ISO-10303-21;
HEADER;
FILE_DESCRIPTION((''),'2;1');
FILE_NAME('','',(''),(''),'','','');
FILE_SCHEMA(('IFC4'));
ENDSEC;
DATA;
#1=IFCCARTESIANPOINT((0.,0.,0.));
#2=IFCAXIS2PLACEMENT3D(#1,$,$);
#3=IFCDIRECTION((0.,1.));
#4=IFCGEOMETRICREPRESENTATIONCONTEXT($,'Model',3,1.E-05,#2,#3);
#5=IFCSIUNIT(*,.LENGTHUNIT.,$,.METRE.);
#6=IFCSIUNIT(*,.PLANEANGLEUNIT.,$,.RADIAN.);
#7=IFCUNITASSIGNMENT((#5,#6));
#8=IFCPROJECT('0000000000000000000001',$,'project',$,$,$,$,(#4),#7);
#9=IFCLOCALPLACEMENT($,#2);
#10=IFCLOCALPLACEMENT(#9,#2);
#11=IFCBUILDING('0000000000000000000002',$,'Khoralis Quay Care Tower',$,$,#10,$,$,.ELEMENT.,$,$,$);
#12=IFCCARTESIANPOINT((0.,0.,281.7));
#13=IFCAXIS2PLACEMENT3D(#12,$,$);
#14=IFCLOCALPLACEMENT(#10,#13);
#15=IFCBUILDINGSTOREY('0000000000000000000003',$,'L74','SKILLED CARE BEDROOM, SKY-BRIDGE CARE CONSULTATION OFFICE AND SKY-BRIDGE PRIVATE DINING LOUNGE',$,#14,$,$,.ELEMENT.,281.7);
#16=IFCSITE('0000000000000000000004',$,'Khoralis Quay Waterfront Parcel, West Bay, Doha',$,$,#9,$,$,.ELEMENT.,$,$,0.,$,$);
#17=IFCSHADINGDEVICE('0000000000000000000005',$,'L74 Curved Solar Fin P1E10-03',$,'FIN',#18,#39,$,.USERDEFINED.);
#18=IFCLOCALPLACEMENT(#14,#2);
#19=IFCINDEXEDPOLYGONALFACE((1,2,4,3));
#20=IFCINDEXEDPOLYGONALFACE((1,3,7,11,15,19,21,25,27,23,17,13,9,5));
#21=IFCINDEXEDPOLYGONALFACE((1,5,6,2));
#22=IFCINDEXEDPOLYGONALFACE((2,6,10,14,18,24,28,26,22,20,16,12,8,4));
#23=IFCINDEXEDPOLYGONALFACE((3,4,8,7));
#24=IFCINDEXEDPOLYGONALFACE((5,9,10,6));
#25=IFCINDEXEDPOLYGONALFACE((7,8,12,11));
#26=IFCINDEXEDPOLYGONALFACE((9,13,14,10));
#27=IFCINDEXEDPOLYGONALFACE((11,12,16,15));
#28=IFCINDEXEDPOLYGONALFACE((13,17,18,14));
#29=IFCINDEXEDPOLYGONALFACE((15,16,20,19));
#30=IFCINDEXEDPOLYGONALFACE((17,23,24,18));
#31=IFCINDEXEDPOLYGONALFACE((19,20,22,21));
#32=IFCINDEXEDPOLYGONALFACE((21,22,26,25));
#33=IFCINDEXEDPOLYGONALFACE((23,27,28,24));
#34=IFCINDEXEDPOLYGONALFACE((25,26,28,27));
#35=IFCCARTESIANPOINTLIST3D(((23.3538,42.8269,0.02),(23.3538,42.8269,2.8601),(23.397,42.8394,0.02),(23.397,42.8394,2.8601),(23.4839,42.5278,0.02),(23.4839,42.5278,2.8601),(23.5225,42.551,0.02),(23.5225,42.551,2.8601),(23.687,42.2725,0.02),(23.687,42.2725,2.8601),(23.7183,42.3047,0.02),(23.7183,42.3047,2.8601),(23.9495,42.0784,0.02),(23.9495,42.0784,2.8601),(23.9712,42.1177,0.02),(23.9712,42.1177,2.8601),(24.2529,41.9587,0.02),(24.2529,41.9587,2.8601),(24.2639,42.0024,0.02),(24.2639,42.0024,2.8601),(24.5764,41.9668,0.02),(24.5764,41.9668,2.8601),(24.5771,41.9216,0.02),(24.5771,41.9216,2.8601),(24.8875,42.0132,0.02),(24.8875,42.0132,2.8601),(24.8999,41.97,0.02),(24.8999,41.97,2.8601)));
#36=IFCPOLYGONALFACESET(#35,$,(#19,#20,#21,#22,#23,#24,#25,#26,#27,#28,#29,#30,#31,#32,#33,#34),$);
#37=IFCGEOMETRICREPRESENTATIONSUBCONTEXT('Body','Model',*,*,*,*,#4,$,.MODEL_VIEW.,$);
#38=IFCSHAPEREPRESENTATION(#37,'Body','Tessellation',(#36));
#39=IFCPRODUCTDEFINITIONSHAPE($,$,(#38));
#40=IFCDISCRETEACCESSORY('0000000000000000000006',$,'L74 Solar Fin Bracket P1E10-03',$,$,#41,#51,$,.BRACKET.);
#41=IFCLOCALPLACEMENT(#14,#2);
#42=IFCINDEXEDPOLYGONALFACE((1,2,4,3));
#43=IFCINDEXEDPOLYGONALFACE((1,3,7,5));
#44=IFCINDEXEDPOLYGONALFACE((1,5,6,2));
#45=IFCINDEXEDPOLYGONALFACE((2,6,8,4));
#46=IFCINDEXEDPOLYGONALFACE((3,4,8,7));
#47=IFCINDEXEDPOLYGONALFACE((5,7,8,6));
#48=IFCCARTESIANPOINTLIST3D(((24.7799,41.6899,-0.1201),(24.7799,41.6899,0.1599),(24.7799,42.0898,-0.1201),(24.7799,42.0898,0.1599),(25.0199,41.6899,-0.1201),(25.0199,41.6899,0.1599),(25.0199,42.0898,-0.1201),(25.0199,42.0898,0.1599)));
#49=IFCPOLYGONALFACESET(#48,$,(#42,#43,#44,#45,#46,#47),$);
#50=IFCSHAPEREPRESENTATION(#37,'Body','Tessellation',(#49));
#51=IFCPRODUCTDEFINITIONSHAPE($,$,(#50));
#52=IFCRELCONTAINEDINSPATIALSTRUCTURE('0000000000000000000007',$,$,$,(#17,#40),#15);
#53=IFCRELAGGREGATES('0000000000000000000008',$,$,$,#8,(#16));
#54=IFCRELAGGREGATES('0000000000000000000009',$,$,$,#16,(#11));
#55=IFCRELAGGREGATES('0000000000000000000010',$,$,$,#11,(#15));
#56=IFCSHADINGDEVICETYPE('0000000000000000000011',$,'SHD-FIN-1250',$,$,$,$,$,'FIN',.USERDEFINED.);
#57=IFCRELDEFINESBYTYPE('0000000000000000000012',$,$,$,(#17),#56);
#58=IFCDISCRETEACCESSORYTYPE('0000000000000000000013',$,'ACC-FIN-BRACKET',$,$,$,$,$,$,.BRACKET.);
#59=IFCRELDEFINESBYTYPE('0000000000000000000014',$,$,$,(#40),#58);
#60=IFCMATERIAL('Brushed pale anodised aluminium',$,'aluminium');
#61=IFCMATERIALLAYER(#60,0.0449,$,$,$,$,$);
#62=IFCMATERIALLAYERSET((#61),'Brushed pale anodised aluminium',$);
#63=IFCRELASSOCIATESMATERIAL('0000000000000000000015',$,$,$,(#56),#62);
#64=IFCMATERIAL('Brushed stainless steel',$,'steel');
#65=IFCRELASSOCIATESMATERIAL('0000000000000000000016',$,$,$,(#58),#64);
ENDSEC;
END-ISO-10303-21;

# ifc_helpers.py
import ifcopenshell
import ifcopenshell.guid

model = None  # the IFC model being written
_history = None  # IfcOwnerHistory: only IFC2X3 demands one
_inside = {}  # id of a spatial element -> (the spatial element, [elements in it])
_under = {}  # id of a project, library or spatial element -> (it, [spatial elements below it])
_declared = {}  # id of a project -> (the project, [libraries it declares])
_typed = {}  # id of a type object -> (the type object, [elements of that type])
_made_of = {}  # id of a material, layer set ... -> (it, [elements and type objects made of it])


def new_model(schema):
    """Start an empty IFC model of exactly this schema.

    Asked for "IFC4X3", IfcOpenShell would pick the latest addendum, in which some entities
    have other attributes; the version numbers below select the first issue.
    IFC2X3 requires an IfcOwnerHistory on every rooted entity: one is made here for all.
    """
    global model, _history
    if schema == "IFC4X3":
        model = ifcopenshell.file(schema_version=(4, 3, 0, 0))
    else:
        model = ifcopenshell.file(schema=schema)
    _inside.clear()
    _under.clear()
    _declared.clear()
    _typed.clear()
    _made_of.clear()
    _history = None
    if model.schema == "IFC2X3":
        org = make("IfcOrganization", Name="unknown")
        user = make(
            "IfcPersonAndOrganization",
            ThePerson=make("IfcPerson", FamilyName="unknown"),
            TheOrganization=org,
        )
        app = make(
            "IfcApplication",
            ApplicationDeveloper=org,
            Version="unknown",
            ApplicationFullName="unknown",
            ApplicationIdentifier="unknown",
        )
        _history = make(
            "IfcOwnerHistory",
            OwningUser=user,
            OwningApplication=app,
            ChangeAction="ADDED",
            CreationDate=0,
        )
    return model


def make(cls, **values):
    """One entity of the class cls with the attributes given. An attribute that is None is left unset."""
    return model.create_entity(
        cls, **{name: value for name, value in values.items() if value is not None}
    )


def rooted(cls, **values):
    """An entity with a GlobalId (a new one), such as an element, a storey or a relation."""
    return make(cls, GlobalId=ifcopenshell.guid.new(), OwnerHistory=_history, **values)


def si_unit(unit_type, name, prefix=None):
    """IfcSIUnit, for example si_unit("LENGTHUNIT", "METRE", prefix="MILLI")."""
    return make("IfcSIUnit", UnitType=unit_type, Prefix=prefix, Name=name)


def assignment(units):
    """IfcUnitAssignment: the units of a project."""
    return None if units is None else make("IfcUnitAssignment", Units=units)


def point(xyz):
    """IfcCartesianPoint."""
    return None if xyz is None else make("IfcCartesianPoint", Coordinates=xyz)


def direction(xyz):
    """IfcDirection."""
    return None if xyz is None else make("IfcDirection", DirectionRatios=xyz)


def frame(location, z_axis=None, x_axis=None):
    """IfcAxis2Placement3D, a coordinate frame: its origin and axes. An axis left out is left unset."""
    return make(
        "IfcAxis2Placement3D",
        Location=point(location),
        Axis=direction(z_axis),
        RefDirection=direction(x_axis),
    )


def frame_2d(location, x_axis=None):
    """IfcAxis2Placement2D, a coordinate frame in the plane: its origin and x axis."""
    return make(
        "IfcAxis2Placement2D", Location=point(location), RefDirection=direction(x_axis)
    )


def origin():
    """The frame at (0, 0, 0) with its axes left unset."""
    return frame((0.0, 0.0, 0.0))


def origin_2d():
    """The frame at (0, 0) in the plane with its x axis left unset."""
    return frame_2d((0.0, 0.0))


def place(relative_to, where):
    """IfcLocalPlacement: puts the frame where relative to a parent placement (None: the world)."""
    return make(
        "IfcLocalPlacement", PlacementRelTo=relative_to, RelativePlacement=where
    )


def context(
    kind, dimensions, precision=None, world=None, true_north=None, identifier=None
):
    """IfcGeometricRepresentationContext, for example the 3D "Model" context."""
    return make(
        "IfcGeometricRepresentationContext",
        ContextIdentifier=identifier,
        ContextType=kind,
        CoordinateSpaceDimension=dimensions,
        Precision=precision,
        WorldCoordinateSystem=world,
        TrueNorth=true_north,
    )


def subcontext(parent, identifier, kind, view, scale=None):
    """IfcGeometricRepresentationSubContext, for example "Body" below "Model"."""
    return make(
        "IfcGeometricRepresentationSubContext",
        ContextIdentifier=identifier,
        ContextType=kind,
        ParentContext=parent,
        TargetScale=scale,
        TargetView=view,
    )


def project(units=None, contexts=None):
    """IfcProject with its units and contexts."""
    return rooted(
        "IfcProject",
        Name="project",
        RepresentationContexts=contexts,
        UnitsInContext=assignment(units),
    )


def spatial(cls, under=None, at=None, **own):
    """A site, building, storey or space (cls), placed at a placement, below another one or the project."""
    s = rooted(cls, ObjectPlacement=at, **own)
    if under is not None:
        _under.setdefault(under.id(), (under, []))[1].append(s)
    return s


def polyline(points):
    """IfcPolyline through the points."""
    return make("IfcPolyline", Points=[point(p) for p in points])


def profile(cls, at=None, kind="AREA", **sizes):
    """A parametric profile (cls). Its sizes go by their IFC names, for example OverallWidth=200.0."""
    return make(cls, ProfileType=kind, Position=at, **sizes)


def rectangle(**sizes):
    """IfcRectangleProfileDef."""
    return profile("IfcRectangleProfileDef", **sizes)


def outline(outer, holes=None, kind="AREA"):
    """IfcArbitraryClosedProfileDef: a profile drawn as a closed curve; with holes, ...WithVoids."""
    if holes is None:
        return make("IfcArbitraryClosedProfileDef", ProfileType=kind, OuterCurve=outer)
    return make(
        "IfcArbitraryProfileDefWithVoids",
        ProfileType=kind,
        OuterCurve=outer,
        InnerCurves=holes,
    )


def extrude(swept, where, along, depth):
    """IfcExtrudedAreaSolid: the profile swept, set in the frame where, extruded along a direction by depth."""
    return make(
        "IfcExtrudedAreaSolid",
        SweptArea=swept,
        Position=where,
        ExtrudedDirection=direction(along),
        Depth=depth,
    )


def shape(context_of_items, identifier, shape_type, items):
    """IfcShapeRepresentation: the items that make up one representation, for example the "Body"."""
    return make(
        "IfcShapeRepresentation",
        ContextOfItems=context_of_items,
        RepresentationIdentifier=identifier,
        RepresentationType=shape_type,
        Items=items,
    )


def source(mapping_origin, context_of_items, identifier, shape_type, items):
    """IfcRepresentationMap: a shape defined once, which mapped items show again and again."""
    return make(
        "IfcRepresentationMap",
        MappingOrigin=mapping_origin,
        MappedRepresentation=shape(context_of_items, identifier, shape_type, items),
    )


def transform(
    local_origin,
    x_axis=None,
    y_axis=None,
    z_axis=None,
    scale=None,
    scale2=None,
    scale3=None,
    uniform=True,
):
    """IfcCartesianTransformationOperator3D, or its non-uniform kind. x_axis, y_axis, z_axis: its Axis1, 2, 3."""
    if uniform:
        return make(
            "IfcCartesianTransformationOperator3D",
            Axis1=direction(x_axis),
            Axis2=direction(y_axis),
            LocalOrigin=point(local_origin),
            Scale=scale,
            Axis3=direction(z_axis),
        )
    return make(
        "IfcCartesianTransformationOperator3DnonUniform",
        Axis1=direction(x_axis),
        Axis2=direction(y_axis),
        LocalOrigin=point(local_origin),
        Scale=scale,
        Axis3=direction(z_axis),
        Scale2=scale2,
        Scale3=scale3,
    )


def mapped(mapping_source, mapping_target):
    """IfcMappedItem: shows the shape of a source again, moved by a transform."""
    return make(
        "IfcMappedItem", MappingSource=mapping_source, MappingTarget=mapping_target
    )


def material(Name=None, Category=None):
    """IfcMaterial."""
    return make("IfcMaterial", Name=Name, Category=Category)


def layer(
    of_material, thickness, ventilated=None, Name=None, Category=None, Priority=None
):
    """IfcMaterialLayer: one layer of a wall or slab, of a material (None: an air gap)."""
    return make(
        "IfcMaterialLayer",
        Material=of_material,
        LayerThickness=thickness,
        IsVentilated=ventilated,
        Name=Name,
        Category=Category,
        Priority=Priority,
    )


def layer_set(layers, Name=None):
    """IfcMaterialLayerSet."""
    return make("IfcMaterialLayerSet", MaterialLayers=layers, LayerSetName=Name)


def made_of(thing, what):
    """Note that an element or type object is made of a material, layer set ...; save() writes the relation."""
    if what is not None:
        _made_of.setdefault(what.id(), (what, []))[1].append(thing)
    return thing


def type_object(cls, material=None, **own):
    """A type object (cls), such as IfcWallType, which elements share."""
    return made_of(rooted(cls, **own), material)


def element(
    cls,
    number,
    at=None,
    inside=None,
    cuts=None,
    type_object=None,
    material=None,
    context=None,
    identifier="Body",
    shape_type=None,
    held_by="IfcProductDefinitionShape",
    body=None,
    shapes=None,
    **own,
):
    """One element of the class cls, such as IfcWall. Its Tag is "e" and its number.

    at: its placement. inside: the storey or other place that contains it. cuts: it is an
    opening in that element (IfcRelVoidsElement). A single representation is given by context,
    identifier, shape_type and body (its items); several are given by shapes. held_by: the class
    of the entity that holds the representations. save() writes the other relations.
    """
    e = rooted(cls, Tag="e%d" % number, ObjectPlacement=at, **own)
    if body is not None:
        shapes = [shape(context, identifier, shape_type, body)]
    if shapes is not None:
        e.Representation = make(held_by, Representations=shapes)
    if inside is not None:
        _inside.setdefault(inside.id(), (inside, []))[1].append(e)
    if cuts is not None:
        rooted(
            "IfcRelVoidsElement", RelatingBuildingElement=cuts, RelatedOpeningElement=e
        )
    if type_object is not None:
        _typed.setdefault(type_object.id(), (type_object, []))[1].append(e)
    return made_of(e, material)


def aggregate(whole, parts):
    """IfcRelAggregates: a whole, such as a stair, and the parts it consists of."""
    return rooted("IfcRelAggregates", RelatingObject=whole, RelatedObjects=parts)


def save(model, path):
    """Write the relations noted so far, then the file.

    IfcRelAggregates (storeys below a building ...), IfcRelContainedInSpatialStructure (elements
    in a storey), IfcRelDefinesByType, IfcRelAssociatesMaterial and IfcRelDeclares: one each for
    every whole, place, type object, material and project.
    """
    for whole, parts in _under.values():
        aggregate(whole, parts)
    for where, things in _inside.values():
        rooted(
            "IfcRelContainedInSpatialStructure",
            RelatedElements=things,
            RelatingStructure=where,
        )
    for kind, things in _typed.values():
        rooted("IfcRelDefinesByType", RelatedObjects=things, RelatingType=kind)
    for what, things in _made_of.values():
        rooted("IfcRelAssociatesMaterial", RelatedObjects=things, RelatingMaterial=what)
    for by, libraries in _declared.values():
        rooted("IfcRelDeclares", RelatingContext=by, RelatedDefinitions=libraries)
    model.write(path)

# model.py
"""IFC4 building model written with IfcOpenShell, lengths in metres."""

from ifc_helpers import new_model, si_unit, direction, frame, origin, origin_2d, place, context, subcontext, project, spatial, polyline, rectangle, outline, extrude, source, transform, mapped, material, layer, layer_set, type_object, element, save


model = new_model("IFC4")

# Units and contexts
model_context = context("Model", 3, precision=1e-05, world=origin(), true_north=direction((0.0, 1.0)))
body_context = subcontext(model_context, "Body", "Model", "MODEL_VIEW")
ifc_project = project(units=[si_unit("LENGTHUNIT", "METRE"), si_unit("PLANEANGLEUNIT", "RADIAN")], contexts=[model_context])

# Site, building, storey
site_placement = place(None, origin())
site = spatial("IfcSite", under=ifc_project, at=site_placement, Name="Khoralis Quay Waterfront Parcel, West Bay, Doha", CompositionType="ELEMENT", RefElevation=0.0)
building_placement = place(site_placement, origin())
building = spatial("IfcBuilding", under=site, at=building_placement, Name="Khoralis Quay Care Tower", CompositionType="ELEMENT")
storey_placement = place(building_placement, frame((0.0, 0.0, 281.7)))
storey = spatial("IfcBuildingStorey", under=building, at=storey_placement, Name="L74", Description="SKILLED CARE BEDROOM, SKY-BRIDGE CARE CONSULTATION OFFICE AND SKY-BRIDGE PRIVATE DINING LOUNGE", CompositionType="ELEMENT", Elevation=281.7)

# Shading device
ifc_material_1 = material(Name="Brushed pale anodised aluminium", Category="aluminium")
ifc_layer_1 = layer(ifc_material_1, 0.0449)
ifc_layer_set_1 = layer_set([ifc_layer_1], Name="Brushed pale anodised aluminium")
shading_device_type = type_object("IfcShadingDeviceType", Name="SHD-FIN-1250", ElementType="FIN", PredefinedType="USERDEFINED", material=ifc_layer_set_1)
shared_shape_1 = source(origin(), body_context, "Body", "SweptSolid", [
    extrude(outline(polyline([(0.0, 0.0), (-0.0483, 0.3228), (-0.0112, 0.647), (0.1084, 0.9504), (0.3025, 1.2129), (0.5579, 1.416), (0.8569, 1.5461), (0.8694, 1.5029), (0.5811, 1.3774), (0.3347, 1.1816), (0.1477, 0.9287), (0.0325, 0.636), (-0.0032, 0.3235), (0.0432, 0.0125), (0.0, 0.0)])), origin(), (0.0, 0.0, 1.0), 2.8401),
])
shading_device_placement = place(storey_placement, frame((24.8999, 41.97, 0.02), z_axis=(0.0, 0.0, 1.0), x_axis=(0.0, 1.0, 0.0)))
element("IfcShadingDevice", 1, at=shading_device_placement, inside=storey, type_object=shading_device_type, Name="L74 Curved Solar Fin P1E10-03", ObjectType="FIN", PredefinedType="USERDEFINED", context=body_context, shape_type="MappedRepresentation", body=[
    mapped(shared_shape_1, transform((0.0, 0.0, 0.0), scale=1.0)),
])

# Discrete accessory
ifc_material_2 = material(Name="Brushed stainless steel", Category="steel")
discrete_accessory_type = type_object("IfcDiscreteAccessoryType", Name="ACC-FIN-BRACKET", PredefinedType="BRACKET", material=ifc_material_2)
shared_shape_2 = source(origin(), body_context, "Body", "SweptSolid", [
    extrude(rectangle(XDim=0.3999, YDim=0.24, at=origin_2d()), origin(), (0.0, 0.0, 1.0), 0.28),
])
discrete_accessory_placement = place(storey_placement, frame((24.8999, 41.8899, -0.1201), z_axis=(0.0, 0.0, 1.0), x_axis=(0.0, 1.0, 0.0)))
element("IfcDiscreteAccessory", 2, at=discrete_accessory_placement, inside=storey, type_object=discrete_accessory_type, Name="L74 Solar Fin Bracket P1E10-03", PredefinedType="BRACKET", context=body_context, shape_type="MappedRepresentation", body=[
    mapped(shared_shape_2, transform((0.0, 0.0, 0.0), scale=1.0)),
])

save(model, "model.ifc")
